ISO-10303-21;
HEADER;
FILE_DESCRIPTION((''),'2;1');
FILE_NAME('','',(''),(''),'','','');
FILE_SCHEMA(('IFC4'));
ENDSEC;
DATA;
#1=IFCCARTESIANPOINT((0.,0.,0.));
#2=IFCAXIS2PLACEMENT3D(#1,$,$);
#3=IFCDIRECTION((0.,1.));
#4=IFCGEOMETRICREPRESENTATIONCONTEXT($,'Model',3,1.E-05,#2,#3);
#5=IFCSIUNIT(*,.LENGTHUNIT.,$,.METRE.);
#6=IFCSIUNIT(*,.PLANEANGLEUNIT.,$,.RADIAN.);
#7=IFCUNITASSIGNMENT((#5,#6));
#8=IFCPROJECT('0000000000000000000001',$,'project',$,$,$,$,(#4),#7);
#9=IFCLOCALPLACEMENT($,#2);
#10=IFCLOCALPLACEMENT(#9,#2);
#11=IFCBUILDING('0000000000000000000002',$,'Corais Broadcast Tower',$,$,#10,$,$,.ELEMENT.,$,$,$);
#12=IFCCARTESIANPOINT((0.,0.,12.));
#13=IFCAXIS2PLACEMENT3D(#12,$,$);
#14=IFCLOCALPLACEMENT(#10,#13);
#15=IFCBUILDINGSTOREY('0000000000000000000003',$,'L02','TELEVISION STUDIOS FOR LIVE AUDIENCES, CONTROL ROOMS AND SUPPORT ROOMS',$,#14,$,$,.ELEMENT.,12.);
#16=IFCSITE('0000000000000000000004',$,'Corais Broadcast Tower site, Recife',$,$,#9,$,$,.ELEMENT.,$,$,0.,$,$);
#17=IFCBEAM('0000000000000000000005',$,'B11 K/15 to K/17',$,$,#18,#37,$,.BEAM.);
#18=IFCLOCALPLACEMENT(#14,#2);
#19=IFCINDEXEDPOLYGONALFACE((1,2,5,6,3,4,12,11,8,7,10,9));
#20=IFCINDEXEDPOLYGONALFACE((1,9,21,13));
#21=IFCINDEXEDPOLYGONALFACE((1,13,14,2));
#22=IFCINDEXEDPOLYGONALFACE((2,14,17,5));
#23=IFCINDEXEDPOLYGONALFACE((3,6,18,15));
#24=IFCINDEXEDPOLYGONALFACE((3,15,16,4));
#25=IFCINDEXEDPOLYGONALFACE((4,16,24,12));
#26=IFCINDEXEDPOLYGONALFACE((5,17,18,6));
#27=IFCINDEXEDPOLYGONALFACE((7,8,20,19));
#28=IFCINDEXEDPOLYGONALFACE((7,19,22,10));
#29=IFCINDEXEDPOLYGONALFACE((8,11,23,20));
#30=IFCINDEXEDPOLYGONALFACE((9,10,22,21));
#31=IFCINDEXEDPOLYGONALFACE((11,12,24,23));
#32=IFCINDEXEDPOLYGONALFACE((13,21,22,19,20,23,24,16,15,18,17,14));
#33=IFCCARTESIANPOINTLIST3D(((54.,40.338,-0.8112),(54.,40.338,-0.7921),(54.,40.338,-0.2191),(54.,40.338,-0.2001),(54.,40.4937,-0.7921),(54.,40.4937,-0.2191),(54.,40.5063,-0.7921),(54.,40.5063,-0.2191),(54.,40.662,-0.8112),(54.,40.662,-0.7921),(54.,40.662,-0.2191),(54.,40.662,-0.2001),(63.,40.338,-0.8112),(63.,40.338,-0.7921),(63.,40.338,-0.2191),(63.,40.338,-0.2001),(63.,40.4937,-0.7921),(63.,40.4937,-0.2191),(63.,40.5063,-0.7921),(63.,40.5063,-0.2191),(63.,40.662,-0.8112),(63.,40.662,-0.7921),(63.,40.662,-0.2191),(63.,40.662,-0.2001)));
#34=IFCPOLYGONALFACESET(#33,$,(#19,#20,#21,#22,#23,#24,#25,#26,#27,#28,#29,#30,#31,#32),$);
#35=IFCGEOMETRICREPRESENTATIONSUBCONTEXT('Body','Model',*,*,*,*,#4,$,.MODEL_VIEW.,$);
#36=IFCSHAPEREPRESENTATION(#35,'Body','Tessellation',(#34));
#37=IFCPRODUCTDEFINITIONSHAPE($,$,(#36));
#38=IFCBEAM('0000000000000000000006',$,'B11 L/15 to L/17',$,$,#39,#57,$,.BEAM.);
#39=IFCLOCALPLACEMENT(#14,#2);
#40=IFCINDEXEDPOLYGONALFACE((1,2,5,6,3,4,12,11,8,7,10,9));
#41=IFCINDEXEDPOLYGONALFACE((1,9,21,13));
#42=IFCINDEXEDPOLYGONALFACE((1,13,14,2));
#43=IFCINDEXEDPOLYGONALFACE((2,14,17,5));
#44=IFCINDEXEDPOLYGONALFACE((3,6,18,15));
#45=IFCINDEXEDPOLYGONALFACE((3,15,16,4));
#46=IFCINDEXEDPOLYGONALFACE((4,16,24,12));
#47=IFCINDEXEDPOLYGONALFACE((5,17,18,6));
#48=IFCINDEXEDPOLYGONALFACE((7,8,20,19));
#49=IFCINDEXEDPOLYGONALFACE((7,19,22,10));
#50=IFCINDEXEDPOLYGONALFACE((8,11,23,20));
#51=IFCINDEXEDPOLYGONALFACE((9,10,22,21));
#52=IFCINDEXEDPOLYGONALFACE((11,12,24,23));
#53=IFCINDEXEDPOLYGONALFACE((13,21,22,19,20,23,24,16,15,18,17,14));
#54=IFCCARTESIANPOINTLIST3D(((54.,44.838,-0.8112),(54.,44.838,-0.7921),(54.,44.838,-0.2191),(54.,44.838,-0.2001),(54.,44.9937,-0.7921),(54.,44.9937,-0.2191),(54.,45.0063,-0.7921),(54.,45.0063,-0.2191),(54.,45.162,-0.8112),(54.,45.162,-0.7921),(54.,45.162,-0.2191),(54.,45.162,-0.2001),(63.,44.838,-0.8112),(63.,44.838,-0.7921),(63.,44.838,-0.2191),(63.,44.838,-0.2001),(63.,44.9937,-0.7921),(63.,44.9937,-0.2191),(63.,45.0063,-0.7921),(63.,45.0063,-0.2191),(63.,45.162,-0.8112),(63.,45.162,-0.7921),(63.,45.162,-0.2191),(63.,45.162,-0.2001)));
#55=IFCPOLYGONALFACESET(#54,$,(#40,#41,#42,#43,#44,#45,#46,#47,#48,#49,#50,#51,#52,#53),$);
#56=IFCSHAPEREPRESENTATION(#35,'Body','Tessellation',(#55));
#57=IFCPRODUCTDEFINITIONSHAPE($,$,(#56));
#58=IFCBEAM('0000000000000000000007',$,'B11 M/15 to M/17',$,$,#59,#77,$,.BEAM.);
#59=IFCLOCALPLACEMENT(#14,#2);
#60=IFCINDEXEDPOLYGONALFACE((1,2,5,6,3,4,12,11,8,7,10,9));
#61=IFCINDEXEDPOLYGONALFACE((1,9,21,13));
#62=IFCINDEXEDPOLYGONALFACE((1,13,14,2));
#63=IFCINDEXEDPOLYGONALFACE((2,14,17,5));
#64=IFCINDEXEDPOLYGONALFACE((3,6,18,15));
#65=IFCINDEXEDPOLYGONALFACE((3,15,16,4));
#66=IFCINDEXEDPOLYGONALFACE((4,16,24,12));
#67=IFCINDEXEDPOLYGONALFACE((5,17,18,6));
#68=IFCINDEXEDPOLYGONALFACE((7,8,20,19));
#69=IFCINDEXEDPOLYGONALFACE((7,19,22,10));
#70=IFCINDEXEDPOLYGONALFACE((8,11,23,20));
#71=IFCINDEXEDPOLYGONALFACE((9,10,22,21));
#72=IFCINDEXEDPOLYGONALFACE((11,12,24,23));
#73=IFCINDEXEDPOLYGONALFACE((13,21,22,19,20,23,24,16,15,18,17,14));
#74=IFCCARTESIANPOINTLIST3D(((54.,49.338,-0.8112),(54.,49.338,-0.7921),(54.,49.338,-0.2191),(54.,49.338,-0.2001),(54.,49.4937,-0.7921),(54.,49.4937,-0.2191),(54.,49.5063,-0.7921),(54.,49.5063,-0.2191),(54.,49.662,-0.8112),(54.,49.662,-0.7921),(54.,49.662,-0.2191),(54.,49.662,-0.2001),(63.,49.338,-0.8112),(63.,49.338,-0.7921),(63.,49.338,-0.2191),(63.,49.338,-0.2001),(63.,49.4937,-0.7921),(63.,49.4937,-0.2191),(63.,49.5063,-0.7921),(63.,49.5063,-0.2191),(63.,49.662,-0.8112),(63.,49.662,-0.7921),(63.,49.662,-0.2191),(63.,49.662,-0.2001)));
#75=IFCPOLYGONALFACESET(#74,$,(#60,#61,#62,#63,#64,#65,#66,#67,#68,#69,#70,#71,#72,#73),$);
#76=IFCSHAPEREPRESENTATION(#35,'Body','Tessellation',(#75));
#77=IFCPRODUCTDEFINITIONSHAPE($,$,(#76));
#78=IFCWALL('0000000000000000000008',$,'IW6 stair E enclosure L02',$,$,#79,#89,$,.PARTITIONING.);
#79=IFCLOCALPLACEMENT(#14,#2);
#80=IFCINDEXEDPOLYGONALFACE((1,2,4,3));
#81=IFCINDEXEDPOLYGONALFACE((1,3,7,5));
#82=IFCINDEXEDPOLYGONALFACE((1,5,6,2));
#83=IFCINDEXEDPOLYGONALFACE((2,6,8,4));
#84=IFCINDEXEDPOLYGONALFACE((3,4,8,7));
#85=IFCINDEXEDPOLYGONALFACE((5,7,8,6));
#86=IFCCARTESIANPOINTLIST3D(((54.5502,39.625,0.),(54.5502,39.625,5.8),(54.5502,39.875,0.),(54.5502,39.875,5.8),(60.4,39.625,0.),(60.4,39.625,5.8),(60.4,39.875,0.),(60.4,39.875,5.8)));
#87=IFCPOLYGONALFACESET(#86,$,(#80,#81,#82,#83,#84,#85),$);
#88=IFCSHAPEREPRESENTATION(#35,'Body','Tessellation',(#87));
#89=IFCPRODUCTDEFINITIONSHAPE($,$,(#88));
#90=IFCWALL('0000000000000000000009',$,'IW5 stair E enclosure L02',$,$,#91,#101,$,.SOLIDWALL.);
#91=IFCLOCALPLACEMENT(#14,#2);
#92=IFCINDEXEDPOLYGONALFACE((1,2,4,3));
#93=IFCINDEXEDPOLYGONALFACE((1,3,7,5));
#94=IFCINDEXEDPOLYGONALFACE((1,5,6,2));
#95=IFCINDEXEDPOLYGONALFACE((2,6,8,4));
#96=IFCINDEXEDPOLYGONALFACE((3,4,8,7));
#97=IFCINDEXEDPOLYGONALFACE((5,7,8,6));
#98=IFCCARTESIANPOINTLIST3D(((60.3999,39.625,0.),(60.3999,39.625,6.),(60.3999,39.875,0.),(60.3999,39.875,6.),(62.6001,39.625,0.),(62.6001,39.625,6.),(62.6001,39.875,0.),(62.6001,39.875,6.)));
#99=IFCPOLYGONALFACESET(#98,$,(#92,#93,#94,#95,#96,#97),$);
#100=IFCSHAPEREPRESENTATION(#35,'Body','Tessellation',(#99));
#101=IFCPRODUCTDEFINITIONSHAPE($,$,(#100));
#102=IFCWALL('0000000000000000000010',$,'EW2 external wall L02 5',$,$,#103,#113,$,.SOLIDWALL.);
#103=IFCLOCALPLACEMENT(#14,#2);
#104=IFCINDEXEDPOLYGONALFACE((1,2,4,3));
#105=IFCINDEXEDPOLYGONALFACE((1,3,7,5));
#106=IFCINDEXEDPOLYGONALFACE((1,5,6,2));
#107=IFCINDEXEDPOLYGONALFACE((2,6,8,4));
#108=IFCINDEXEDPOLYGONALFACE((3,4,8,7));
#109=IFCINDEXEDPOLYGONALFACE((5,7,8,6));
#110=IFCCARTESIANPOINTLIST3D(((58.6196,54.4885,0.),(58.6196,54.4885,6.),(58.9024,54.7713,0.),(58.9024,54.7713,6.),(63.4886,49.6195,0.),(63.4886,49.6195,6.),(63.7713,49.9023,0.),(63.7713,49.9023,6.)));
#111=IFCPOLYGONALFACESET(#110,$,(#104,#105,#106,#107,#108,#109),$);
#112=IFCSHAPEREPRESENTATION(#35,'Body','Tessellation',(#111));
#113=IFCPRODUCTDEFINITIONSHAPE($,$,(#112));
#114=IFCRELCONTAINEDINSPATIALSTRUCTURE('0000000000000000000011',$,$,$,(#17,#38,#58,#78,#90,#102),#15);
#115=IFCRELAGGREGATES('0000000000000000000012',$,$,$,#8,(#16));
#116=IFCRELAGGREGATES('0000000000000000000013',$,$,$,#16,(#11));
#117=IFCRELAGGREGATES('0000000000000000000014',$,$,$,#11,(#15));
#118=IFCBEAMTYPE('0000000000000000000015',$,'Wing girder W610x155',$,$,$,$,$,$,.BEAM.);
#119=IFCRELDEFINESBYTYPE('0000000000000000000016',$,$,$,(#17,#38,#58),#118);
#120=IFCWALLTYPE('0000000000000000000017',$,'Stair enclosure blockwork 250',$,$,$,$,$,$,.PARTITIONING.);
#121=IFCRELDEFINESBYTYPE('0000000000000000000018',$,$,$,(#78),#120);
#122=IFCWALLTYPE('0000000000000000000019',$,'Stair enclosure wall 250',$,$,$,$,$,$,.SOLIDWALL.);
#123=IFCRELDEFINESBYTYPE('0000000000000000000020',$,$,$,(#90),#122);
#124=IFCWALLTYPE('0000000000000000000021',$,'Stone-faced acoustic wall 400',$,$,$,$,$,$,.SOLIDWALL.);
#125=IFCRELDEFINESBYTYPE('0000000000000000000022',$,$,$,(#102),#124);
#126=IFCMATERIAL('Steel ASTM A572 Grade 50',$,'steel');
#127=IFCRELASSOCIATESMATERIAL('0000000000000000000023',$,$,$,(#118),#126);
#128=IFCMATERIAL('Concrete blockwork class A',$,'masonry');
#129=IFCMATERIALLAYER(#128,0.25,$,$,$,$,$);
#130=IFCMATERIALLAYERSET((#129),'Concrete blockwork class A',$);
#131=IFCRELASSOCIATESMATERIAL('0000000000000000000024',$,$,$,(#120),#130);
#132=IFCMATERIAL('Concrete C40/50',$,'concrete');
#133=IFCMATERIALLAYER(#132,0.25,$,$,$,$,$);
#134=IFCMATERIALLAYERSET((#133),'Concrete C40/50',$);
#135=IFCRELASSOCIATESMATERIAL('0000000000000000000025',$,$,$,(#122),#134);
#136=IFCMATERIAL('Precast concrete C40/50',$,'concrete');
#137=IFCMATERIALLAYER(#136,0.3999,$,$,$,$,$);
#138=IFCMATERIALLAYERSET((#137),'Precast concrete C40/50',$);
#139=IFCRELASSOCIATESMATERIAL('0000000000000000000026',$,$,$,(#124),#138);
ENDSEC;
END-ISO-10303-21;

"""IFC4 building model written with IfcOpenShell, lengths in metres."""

from ifc_helpers import new_model, si_unit, direction, frame, frame_2d, origin, origin_2d, place, context, subcontext, project, spatial, rectangle, i_section, extrude, material, layer, layer_set, material_profile, profile_set, type_object, element, save


model = new_model("IFC4")

# Units and contexts
model_context = context("Model", 3, precision=1e-05, world=origin(), true_north=direction((0.0, 1.0)))
body_context = subcontext(model_context, "Body", "Model", "MODEL_VIEW")
ifc_project = project(units=[si_unit("LENGTHUNIT", "METRE"), si_unit("PLANEANGLEUNIT", "RADIAN")], contexts=[model_context])

# Site, building, storey
site_placement = place(None, origin())
site = spatial("IfcSite", under=ifc_project, at=site_placement, Name="Corais Broadcast Tower site, Recife", CompositionType="ELEMENT", RefElevation=0.0)
building_placement = place(site_placement, origin())
building = spatial("IfcBuilding", under=site, at=building_placement, Name="Corais Broadcast Tower", CompositionType="ELEMENT")
storey_placement = place(building_placement, frame((0.0, 0.0, 12.0)))
storey = spatial("IfcBuildingStorey", under=building, at=storey_placement, Name="L02", Description="TELEVISION STUDIOS FOR LIVE AUDIENCES, CONTROL ROOMS AND SUPPORT ROOMS", CompositionType="ELEMENT", Elevation=12.0)

# Beams
ifc_material_1 = material(Name="Steel ASTM A572 Grade 50", Category="steel")
ifc_material_profile_1 = material_profile(ifc_material_1, i_section(OverallWidth=0.324, OverallDepth=0.6111, WebThickness=0.0127, FlangeThickness=0.019, at=origin_2d()), Name="W610x155")
ifc_profile_set_1 = profile_set([ifc_material_profile_1], Name="Steel ASTM A572 Grade 50")
beam_type_1 = type_object("IfcBeamType", Name="Wing girder W610x155", PredefinedType="BEAM", material=ifc_profile_set_1)
for number, where, z_axis, x_axis, name in (
    (1, (54.0, 40.5, -0.5056), (1.0, 0.0, 0.0), (0.0, 1.0, 0.0), "B11 K/15 to K/17"),
    (2, (54.0, 45.0, -0.5056), (1.0, 0.0, 0.0), (0.0, 1.0, 0.0), "B11 L/15 to L/17"),
    (3, (54.0, 49.5, -0.5056), (1.0, 0.0, 0.0), (0.0, 1.0, 0.0), "B11 M/15 to M/17"),
):
    element("IfcBeam", number, at=place(storey_placement, frame(where, z_axis=z_axis, x_axis=x_axis)), inside=storey, type_object=beam_type_1, Name=name, PredefinedType="BEAM", context=body_context, shape_type="SweptSolid", body=[
        extrude(i_section(OverallWidth=0.324, OverallDepth=0.6111, WebThickness=0.0127, FlangeThickness=0.019, at=origin_2d()), origin(), (0.0, 0.0, 1.0), 9.0),
    ])

# Walls
ifc_material_2 = material(Name="Concrete blockwork class A", Category="masonry")
ifc_layer_1 = layer(ifc_material_2, 0.25)
ifc_layer_set_1 = layer_set([ifc_layer_1], Name="Concrete blockwork class A")
wall_type_1 = type_object("IfcWallType", Name="Stair enclosure blockwork 250", PredefinedType="PARTITIONING", material=ifc_layer_set_1)
wall_1_placement = place(storey_placement, frame((60.3999, 39.75, 0.0), z_axis=(0.0, 0.0, 1.0), x_axis=(-1.0, 0.0, 0.0)))
element("IfcWall", 4, at=wall_1_placement, inside=storey, type_object=wall_type_1, Name="IW6 stair E enclosure L02", PredefinedType="PARTITIONING", context=body_context, shape_type="SweptSolid", body=[
    extrude(rectangle(XDim=5.8499, YDim=0.25, at=frame_2d((2.9248, 0.0))), origin(), (0.0, 0.0, 1.0), 5.8),
])
ifc_material_3 = material(Name="Concrete C40/50", Category="concrete")
ifc_layer_2 = layer(ifc_material_3, 0.25)
ifc_layer_set_2 = layer_set([ifc_layer_2], Name="Concrete C40/50")
wall_type_2 = type_object("IfcWallType", Name="Stair enclosure wall 250", PredefinedType="SOLIDWALL", material=ifc_layer_set_2)
wall_2_placement = place(storey_placement, frame((62.6001, 39.75, 0.0), z_axis=(0.0, 0.0, 1.0), x_axis=(-1.0, 0.0, 0.0)))
element("IfcWall", 5, at=wall_2_placement, inside=storey, type_object=wall_type_2, Name="IW5 stair E enclosure L02", PredefinedType="SOLIDWALL", context=body_context, shape_type="SweptSolid", body=[
    extrude(rectangle(XDim=2.2002, YDim=0.25, at=frame_2d((1.1001, 0.0))), origin(), (0.0, 0.0, 1.0), 6.0),
])
ifc_material_4 = material(Name="Precast concrete C40/50", Category="concrete")
ifc_layer_3 = layer(ifc_material_4, 0.3999)
ifc_layer_set_3 = layer_set([ifc_layer_3], Name="Precast concrete C40/50")
wall_type_3 = type_object("IfcWallType", Name="Stone-faced acoustic wall 400", PredefinedType="SOLIDWALL", material=ifc_layer_set_3)
wall_3_placement = place(storey_placement, frame((58.761, 54.6299, 0.0), z_axis=(0.0, 0.0, 1.0), x_axis=(0.707107, -0.707107, 0.0)))
element("IfcWall", 6, at=wall_3_placement, inside=storey, type_object=wall_type_3, Name="EW2 external wall L02 5", PredefinedType="SOLIDWALL", context=body_context, shape_type="SweptSolid", body=[
    extrude(rectangle(XDim=6.8857, YDim=0.3999, at=frame_2d((3.4429, 0.0))), origin(), (0.0, 0.0, 1.0), 6.0),
])

save(model, "model.ifc")
